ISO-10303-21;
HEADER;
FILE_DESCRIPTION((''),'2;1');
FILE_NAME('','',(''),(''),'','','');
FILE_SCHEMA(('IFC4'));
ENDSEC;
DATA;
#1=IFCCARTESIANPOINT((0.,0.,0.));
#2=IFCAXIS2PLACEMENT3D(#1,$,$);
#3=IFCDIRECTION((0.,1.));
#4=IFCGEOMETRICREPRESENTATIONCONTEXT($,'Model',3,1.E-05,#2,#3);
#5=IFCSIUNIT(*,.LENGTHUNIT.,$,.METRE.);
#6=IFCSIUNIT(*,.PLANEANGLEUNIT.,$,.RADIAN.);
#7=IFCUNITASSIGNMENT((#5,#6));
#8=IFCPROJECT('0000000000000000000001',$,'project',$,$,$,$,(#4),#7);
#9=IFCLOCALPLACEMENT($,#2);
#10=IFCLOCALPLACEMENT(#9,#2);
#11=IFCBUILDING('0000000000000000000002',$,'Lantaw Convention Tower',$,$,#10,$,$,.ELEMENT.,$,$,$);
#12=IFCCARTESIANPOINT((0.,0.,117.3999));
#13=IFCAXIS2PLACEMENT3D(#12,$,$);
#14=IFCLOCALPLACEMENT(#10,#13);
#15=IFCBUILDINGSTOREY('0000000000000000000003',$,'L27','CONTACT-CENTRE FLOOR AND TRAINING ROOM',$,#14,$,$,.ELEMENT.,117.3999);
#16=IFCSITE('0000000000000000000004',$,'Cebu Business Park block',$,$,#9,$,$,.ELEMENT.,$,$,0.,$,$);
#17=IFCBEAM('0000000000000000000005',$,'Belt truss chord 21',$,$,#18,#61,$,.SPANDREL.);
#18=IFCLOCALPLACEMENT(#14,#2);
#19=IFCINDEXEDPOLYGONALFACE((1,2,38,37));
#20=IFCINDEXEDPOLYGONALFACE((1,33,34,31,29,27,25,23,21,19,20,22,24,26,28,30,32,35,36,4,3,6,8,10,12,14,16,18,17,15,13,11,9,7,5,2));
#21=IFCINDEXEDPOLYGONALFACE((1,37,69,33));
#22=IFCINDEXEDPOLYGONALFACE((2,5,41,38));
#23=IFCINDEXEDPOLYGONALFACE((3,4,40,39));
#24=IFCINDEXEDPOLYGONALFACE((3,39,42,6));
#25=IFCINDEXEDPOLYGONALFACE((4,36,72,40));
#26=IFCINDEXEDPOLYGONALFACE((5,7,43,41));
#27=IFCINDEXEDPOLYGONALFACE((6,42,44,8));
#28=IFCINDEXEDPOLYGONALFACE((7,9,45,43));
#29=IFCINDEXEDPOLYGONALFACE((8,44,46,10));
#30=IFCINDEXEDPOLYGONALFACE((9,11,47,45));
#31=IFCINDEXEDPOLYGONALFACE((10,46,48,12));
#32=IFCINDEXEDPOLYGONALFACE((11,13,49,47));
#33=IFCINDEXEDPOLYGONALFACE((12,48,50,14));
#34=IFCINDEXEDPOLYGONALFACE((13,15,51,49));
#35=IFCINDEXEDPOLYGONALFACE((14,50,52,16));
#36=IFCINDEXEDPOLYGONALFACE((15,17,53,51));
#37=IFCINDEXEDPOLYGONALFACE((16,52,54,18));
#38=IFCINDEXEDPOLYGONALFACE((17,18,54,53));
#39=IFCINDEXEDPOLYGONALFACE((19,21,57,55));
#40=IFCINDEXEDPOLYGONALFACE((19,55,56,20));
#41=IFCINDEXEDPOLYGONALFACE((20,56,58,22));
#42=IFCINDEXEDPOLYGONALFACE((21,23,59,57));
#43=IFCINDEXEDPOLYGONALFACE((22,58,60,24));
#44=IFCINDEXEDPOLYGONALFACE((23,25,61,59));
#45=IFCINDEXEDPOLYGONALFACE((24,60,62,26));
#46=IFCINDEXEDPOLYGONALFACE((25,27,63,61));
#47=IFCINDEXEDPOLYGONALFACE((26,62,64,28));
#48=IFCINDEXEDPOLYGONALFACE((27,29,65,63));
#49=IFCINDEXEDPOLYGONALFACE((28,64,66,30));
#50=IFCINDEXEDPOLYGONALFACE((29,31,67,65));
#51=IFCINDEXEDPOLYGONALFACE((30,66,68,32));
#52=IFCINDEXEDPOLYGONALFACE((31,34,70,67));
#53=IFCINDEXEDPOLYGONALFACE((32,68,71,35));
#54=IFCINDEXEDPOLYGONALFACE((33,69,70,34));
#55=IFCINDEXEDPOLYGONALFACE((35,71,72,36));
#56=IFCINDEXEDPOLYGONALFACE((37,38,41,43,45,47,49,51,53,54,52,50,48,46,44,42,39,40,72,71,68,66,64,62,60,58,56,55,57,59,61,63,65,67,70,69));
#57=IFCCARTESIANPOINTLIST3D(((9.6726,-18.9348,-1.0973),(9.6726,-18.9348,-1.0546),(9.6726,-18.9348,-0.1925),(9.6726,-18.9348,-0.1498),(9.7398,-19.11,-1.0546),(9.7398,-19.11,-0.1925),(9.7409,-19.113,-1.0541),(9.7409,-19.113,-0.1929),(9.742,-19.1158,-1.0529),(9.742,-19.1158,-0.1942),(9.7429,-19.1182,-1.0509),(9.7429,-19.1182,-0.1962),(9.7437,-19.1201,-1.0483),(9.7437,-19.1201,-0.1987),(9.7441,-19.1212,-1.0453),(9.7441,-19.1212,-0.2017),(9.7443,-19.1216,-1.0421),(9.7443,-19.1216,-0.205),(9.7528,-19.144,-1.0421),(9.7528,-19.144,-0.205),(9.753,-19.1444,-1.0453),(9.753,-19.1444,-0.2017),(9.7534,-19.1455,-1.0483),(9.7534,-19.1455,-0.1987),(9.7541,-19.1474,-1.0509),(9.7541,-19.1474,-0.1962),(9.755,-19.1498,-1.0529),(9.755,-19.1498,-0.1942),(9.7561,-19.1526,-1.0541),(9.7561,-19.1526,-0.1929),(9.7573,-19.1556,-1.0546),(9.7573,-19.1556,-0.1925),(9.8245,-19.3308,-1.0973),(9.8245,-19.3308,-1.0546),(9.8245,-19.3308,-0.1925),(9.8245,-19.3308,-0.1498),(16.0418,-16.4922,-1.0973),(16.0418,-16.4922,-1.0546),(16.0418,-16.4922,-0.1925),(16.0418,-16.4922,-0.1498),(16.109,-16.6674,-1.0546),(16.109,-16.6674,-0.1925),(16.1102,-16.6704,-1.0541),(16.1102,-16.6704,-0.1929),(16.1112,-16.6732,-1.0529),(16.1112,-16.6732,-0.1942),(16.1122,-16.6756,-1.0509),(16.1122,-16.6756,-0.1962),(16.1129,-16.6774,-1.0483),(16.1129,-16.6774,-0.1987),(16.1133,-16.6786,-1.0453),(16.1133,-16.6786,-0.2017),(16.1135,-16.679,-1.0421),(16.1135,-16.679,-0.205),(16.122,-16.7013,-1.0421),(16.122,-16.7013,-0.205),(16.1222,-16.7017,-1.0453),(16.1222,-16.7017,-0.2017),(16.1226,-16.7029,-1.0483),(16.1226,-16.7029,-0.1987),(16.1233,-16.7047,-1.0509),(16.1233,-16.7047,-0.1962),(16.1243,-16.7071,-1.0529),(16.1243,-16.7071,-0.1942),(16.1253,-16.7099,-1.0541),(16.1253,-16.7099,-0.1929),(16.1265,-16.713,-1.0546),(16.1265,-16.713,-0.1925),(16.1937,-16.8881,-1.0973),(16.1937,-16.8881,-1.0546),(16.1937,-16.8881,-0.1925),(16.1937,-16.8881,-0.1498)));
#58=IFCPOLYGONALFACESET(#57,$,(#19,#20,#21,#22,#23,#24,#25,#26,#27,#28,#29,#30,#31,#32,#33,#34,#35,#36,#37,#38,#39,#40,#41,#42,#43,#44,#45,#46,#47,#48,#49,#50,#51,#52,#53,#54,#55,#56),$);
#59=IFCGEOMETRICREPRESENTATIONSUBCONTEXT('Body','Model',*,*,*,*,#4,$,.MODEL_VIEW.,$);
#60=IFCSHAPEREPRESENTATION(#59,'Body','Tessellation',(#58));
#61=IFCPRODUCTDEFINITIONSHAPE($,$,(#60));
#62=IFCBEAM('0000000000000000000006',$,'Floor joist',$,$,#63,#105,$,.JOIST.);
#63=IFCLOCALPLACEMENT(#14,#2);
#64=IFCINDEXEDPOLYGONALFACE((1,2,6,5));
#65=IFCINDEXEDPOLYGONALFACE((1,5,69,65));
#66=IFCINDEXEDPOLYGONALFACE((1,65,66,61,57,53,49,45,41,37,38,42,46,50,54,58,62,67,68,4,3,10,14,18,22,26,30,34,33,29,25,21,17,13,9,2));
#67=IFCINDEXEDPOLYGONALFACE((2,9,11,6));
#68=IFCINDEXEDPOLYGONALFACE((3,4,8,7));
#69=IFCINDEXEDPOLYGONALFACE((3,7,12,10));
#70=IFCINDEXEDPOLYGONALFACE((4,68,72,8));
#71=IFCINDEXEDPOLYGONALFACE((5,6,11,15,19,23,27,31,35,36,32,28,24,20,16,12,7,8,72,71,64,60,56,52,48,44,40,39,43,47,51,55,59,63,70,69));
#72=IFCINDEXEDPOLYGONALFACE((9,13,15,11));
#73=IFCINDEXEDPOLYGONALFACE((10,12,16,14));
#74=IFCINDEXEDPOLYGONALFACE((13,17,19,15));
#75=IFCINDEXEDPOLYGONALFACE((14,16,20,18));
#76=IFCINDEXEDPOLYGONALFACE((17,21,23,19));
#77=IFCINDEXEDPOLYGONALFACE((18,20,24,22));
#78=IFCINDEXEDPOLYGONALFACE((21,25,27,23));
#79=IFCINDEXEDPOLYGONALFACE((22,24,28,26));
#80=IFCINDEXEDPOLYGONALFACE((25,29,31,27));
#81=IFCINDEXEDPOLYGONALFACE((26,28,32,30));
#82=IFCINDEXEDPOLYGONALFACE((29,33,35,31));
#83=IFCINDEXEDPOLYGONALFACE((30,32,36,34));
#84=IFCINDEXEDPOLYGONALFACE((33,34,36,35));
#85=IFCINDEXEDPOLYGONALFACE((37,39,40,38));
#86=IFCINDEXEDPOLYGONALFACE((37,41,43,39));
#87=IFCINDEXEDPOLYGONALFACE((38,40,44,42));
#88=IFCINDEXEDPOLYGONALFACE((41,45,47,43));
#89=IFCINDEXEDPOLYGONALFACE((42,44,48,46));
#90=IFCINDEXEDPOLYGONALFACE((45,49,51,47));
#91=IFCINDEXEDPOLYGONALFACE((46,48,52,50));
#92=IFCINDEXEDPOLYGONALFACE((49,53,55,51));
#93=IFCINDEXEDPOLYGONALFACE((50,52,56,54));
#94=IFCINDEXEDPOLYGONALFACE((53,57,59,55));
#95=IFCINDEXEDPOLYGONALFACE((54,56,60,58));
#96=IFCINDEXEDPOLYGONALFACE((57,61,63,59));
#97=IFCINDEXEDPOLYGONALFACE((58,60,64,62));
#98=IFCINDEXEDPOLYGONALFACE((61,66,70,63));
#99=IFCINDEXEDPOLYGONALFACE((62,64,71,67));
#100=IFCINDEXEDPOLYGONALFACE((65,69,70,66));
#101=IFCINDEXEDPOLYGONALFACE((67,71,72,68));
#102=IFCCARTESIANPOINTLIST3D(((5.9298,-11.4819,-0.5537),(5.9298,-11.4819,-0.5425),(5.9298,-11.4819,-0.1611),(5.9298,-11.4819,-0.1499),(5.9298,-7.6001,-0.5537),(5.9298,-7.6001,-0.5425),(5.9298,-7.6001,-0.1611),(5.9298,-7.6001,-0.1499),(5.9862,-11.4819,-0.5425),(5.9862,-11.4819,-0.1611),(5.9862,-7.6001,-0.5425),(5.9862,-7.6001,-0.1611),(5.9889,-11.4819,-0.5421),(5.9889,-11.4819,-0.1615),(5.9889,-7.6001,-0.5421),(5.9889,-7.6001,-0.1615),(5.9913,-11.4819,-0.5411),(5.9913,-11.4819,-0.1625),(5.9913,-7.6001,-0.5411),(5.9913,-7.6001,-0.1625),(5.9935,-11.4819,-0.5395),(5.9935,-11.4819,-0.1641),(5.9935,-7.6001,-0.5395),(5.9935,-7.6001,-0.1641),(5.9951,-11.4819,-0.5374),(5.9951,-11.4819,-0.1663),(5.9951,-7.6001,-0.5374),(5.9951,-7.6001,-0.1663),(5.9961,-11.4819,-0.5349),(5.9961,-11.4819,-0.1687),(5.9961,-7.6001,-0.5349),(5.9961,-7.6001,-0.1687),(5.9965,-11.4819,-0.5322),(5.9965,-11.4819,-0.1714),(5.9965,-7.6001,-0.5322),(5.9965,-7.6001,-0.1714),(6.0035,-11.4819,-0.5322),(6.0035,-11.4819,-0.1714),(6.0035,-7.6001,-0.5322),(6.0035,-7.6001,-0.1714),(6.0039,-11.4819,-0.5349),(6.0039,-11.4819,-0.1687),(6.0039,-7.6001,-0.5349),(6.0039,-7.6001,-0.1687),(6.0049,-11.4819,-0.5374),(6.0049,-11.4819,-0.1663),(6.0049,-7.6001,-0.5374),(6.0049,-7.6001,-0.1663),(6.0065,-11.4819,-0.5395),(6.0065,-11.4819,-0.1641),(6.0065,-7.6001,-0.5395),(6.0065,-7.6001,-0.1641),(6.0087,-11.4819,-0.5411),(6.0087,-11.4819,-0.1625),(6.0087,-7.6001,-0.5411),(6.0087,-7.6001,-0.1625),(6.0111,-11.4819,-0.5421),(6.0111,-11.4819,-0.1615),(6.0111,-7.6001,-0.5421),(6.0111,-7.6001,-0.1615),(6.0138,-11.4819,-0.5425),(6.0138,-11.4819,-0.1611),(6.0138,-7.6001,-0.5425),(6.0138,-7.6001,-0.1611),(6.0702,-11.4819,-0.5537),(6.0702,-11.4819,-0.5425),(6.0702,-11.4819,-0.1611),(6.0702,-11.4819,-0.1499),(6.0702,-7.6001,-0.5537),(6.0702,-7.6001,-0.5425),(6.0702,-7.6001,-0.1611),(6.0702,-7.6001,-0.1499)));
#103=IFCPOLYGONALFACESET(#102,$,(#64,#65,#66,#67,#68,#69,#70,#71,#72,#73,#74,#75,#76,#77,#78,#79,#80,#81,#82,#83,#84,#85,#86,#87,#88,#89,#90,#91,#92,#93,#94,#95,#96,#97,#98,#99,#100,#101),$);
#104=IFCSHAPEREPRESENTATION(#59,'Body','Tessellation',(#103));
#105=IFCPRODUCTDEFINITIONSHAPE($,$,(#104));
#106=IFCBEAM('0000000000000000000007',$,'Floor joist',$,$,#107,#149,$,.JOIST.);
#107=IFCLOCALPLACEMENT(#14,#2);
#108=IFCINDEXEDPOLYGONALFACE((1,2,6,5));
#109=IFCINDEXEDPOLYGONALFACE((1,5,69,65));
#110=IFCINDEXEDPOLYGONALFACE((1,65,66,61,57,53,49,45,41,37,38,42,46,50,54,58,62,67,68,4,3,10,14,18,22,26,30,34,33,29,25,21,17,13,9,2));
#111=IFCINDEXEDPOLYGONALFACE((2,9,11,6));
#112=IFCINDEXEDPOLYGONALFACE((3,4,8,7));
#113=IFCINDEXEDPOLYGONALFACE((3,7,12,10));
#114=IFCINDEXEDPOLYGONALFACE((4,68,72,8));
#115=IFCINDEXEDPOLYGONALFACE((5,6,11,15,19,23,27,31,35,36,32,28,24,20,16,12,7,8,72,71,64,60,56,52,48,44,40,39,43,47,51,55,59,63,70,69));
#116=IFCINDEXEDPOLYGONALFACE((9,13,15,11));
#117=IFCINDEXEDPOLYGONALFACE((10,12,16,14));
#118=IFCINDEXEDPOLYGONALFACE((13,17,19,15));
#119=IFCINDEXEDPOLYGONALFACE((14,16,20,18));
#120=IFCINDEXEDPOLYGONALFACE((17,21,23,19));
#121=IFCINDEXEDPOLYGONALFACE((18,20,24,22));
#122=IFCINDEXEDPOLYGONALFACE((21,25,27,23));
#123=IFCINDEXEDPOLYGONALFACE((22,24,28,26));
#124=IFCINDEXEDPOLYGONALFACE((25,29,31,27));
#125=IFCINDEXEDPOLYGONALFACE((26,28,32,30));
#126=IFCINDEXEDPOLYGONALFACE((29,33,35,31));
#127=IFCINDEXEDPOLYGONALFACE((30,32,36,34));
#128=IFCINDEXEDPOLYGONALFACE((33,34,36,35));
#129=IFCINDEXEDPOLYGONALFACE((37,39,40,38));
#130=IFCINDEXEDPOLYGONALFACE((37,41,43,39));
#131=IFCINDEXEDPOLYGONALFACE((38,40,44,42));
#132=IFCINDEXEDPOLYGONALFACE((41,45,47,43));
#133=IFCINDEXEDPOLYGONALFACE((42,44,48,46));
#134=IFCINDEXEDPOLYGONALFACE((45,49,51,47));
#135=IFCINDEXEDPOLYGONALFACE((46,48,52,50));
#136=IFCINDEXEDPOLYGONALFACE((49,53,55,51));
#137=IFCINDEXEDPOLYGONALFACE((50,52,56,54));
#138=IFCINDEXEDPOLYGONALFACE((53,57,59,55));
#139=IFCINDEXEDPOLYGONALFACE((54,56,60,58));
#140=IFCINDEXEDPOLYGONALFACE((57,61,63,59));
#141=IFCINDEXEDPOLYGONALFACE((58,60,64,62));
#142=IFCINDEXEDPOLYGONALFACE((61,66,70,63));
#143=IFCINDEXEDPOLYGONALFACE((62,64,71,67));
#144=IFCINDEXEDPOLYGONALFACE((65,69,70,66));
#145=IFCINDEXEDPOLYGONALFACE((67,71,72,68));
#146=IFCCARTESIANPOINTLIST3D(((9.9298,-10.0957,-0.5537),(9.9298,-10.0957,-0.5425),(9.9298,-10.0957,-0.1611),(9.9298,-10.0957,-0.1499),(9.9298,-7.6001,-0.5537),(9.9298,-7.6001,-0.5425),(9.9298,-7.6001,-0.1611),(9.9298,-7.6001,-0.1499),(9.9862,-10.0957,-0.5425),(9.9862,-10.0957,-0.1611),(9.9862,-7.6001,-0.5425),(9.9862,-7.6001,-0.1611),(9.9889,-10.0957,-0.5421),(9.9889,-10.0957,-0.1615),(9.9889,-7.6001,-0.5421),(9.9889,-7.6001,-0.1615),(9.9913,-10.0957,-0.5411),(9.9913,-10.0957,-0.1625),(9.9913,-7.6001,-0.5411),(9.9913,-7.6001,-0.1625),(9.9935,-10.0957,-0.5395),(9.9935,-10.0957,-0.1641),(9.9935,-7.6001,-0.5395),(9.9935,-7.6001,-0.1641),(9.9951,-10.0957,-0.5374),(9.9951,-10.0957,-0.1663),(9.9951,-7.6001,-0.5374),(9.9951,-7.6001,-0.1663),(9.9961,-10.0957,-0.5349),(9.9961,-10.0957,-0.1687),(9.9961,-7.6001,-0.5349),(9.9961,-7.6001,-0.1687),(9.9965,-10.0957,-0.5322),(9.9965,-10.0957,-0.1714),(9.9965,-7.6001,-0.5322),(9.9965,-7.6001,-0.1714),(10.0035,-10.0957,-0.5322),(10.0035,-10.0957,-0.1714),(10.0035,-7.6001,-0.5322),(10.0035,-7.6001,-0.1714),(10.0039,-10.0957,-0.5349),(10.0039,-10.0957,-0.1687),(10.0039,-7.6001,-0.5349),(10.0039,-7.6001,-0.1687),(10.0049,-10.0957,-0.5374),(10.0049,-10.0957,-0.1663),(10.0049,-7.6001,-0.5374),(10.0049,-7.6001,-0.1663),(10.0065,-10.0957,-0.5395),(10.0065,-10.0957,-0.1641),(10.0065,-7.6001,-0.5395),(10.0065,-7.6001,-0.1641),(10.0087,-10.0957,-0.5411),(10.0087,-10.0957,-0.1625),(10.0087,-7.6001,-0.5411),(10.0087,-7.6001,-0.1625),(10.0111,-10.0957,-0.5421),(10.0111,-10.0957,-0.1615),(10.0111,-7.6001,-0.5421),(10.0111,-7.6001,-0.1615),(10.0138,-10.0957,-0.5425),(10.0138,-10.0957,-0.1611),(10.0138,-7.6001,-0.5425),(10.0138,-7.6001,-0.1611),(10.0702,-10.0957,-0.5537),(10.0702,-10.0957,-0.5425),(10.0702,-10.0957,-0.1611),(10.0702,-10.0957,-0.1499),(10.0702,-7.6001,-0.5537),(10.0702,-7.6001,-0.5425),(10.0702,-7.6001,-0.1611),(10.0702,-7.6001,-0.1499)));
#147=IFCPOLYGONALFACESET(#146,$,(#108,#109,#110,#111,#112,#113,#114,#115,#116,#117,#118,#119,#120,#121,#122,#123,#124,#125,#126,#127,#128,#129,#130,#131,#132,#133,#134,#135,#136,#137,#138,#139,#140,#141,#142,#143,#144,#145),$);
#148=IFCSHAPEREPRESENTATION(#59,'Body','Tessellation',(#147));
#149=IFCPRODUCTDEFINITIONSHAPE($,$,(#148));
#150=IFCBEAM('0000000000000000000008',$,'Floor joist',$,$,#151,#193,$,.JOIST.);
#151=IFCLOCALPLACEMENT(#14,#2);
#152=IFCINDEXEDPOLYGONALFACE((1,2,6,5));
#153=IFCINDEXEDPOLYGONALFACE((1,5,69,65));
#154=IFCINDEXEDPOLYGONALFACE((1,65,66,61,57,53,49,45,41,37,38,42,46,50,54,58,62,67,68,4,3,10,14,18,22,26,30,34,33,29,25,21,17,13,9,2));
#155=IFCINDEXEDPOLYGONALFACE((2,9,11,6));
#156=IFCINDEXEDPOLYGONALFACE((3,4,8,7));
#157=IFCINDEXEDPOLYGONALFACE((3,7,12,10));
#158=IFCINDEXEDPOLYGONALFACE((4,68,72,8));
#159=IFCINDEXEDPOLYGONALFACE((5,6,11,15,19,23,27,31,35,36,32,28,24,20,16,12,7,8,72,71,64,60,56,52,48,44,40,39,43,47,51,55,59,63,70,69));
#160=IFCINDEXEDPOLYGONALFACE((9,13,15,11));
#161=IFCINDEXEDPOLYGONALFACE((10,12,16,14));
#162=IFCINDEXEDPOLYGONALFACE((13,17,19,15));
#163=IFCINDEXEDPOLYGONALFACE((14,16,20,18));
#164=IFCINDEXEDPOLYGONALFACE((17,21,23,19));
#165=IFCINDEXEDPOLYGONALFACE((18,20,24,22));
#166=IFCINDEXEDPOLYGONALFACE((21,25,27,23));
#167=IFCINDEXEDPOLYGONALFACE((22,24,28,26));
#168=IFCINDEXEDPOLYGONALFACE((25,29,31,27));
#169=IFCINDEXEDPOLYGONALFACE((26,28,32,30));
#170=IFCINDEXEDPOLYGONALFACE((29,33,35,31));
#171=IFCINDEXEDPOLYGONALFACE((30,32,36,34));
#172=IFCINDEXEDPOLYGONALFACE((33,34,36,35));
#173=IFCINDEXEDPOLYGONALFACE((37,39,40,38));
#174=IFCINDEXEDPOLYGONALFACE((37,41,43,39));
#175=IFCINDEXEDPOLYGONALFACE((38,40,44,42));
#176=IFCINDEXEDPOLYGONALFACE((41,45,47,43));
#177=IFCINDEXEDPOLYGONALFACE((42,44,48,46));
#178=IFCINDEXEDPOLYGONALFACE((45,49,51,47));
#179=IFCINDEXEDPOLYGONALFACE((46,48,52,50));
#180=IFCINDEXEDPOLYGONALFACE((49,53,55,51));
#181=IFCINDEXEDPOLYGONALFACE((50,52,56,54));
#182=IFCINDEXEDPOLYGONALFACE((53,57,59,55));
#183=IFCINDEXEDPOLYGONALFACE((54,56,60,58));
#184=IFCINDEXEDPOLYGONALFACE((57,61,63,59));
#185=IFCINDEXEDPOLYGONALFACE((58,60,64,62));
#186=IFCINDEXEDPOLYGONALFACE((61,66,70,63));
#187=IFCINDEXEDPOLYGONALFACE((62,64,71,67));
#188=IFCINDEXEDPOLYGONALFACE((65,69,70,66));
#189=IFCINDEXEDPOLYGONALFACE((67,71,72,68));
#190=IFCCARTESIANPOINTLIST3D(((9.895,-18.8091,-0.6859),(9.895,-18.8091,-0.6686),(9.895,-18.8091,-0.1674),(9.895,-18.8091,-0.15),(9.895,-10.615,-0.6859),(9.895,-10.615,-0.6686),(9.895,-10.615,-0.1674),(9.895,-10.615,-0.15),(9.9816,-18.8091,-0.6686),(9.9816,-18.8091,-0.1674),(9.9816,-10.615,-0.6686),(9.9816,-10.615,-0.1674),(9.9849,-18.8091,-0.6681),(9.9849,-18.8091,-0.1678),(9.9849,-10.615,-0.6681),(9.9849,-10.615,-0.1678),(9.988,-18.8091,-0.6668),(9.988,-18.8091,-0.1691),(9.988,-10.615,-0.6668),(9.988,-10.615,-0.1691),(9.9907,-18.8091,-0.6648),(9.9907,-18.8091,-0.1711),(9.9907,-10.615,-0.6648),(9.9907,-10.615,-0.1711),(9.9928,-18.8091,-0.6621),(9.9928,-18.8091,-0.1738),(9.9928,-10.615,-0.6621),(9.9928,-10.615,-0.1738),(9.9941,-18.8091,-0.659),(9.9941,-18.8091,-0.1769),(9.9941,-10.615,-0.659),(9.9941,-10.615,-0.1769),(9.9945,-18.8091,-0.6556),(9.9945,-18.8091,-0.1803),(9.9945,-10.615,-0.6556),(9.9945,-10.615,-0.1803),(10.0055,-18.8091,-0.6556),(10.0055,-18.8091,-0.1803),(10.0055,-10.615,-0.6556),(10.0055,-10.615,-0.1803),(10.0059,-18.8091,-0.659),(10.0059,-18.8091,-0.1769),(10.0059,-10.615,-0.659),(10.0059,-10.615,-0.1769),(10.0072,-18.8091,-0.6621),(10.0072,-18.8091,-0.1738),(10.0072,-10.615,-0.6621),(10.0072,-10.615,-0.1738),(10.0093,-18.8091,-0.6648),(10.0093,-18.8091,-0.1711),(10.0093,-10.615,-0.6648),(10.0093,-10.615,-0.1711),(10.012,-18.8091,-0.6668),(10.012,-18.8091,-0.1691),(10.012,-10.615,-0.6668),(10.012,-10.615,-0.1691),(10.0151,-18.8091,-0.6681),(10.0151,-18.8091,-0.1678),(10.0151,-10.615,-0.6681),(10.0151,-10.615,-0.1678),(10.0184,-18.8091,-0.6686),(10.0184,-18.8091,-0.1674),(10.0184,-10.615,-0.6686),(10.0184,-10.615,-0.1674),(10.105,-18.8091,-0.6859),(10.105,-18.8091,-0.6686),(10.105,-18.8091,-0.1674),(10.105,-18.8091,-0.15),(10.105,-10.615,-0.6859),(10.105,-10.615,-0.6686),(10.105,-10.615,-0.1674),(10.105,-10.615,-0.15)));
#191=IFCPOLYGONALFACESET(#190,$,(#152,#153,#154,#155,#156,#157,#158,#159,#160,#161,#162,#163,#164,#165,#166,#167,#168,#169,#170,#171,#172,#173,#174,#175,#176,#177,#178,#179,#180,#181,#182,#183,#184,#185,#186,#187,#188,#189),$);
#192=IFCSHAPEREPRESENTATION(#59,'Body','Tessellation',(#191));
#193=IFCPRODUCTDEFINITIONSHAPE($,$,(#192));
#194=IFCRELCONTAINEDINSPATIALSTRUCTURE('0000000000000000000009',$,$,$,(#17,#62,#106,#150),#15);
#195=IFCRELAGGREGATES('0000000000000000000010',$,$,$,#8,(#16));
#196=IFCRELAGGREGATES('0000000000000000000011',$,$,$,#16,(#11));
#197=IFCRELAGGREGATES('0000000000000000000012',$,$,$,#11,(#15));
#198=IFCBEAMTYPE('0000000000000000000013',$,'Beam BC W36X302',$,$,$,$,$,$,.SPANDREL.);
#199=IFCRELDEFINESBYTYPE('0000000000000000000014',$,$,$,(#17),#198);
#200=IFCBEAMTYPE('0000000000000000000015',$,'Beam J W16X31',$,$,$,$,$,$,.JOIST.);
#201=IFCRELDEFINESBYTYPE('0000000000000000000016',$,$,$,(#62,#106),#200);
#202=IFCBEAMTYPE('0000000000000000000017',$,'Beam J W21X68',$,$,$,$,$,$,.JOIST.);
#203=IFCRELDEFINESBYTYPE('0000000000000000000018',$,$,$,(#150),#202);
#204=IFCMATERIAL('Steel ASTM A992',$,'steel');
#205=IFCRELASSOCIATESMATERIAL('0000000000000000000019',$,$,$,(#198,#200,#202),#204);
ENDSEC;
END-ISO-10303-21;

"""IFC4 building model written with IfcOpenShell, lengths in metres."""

from ifc_helpers import new_model, si_unit, direction, frame, origin, origin_2d, place, context, subcontext, project, spatial, i_section, extrude, material, material_profile, profile_set, type_object, element, save


model = new_model("IFC4")

# Units and contexts
model_context = context("Model", 3, precision=1e-05, world=origin(), true_north=direction((0.0, 1.0)))
body_context = subcontext(model_context, "Body", "Model", "MODEL_VIEW")
ifc_project = project(units=[si_unit("LENGTHUNIT", "METRE"), si_unit("PLANEANGLEUNIT", "RADIAN")], contexts=[model_context])

# Site, building, storey
site_placement = place(None, origin())
site = spatial("IfcSite", under=ifc_project, at=site_placement, Name="Cebu Business Park block", CompositionType="ELEMENT", RefElevation=0.0)
building_placement = place(site_placement, origin())
building = spatial("IfcBuilding", under=site, at=building_placement, Name="Lantaw Convention Tower", CompositionType="ELEMENT")
storey_placement = place(building_placement, frame((0.0, 0.0, 117.3999)))
storey = spatial("IfcBuildingStorey", under=building, at=storey_placement, Name="L27", Description="CONTACT-CENTRE FLOOR AND TRAINING ROOM", CompositionType="ELEMENT", Elevation=117.3999)

# Beams
ifc_material_1 = material(Name="Steel ASTM A992", Category="steel")
ifc_material_profile_1 = material_profile(ifc_material_1, i_section(OverallWidth=0.4241, OverallDepth=0.9475, WebThickness=0.0239, FlangeThickness=0.0427, FilletRadius=0.0125, at=origin_2d()), Name="W36X302")
ifc_profile_set_1 = profile_set([ifc_material_profile_1], Name="Steel ASTM A992")
beam_type_1 = type_object("IfcBeamType", Name="Beam BC W36X302", PredefinedType="SPANDREL", material=ifc_profile_set_1)
beam_1_placement = place(storey_placement, frame((9.7485, -19.1328, -0.6235), z_axis=(0.933691, 0.35808, 0.0), x_axis=(-0.35808, 0.933691, 0.0)))
element("IfcBeam", 1, at=beam_1_placement, inside=storey, type_object=beam_type_1, Name="Belt truss chord 21", PredefinedType="SPANDREL", context=body_context, shape_type="SweptSolid", body=[
    extrude(i_section(OverallWidth=0.4241, OverallDepth=0.9475, WebThickness=0.0239, FlangeThickness=0.0427, FilletRadius=0.0125, at=origin_2d()), origin(), (0.0, 0.0, 1.0), 6.8215),
])
ifc_material_profile_2 = material_profile(ifc_material_1, i_section(OverallWidth=0.1404, OverallDepth=0.4038, WebThickness=0.0071, FlangeThickness=0.0112, FilletRadius=0.0103, at=origin_2d()), Name="W16X31")
ifc_profile_set_2 = profile_set([ifc_material_profile_2], Name="Steel ASTM A992")
beam_type_2 = type_object("IfcBeamType", Name="Beam J W16X31", PredefinedType="JOIST", material=ifc_profile_set_2)
beam_2_placement = place(storey_placement, frame((6.0, -11.4819, -0.3518), z_axis=(0.0, 1.0, 0.0), x_axis=(-1.0, 0.0, 0.0)))
element("IfcBeam", 2, at=beam_2_placement, inside=storey, type_object=beam_type_2, Name="Floor joist", PredefinedType="JOIST", context=body_context, shape_type="SweptSolid", body=[
    extrude(i_section(OverallWidth=0.1404, OverallDepth=0.4038, WebThickness=0.0071, FlangeThickness=0.0112, FilletRadius=0.0103, at=origin_2d()), origin(), (0.0, 0.0, 1.0), 3.8818),
])
beam_3_placement = place(storey_placement, frame((10.0, -10.0957, -0.3518), z_axis=(0.0, 1.0, 0.0), x_axis=(-1.0, 0.0, 0.0)))
element("IfcBeam", 3, at=beam_3_placement, inside=storey, type_object=beam_type_2, Name="Floor joist", PredefinedType="JOIST", context=body_context, shape_type="SweptSolid", body=[
    extrude(i_section(OverallWidth=0.1404, OverallDepth=0.4038, WebThickness=0.0071, FlangeThickness=0.0112, FilletRadius=0.0103, at=origin_2d()), origin(), (0.0, 0.0, 1.0), 2.4956),
])
ifc_material_profile_3 = material_profile(ifc_material_1, i_section(OverallWidth=0.21, OverallDepth=0.5359, WebThickness=0.011, FlangeThickness=0.0173, FilletRadius=0.0129, at=origin_2d()), Name="W21X68")
ifc_profile_set_3 = profile_set([ifc_material_profile_3], Name="Steel ASTM A992")
beam_type_3 = type_object("IfcBeamType", Name="Beam J W21X68", PredefinedType="JOIST", material=ifc_profile_set_3)
beam_4_placement = place(storey_placement, frame((10.0, -18.8091, -0.418), z_axis=(0.0, 1.0, 0.0), x_axis=(-1.0, 0.0, 0.0)))
element("IfcBeam", 4, at=beam_4_placement, inside=storey, type_object=beam_type_3, Name="Floor joist", PredefinedType="JOIST", context=body_context, shape_type="SweptSolid", body=[
    extrude(i_section(OverallWidth=0.21, OverallDepth=0.5359, WebThickness=0.011, FlangeThickness=0.0173, FilletRadius=0.0129, at=origin_2d()), origin(), (0.0, 0.0, 1.0), 8.1941),
])

save(model, "model.ifc")
